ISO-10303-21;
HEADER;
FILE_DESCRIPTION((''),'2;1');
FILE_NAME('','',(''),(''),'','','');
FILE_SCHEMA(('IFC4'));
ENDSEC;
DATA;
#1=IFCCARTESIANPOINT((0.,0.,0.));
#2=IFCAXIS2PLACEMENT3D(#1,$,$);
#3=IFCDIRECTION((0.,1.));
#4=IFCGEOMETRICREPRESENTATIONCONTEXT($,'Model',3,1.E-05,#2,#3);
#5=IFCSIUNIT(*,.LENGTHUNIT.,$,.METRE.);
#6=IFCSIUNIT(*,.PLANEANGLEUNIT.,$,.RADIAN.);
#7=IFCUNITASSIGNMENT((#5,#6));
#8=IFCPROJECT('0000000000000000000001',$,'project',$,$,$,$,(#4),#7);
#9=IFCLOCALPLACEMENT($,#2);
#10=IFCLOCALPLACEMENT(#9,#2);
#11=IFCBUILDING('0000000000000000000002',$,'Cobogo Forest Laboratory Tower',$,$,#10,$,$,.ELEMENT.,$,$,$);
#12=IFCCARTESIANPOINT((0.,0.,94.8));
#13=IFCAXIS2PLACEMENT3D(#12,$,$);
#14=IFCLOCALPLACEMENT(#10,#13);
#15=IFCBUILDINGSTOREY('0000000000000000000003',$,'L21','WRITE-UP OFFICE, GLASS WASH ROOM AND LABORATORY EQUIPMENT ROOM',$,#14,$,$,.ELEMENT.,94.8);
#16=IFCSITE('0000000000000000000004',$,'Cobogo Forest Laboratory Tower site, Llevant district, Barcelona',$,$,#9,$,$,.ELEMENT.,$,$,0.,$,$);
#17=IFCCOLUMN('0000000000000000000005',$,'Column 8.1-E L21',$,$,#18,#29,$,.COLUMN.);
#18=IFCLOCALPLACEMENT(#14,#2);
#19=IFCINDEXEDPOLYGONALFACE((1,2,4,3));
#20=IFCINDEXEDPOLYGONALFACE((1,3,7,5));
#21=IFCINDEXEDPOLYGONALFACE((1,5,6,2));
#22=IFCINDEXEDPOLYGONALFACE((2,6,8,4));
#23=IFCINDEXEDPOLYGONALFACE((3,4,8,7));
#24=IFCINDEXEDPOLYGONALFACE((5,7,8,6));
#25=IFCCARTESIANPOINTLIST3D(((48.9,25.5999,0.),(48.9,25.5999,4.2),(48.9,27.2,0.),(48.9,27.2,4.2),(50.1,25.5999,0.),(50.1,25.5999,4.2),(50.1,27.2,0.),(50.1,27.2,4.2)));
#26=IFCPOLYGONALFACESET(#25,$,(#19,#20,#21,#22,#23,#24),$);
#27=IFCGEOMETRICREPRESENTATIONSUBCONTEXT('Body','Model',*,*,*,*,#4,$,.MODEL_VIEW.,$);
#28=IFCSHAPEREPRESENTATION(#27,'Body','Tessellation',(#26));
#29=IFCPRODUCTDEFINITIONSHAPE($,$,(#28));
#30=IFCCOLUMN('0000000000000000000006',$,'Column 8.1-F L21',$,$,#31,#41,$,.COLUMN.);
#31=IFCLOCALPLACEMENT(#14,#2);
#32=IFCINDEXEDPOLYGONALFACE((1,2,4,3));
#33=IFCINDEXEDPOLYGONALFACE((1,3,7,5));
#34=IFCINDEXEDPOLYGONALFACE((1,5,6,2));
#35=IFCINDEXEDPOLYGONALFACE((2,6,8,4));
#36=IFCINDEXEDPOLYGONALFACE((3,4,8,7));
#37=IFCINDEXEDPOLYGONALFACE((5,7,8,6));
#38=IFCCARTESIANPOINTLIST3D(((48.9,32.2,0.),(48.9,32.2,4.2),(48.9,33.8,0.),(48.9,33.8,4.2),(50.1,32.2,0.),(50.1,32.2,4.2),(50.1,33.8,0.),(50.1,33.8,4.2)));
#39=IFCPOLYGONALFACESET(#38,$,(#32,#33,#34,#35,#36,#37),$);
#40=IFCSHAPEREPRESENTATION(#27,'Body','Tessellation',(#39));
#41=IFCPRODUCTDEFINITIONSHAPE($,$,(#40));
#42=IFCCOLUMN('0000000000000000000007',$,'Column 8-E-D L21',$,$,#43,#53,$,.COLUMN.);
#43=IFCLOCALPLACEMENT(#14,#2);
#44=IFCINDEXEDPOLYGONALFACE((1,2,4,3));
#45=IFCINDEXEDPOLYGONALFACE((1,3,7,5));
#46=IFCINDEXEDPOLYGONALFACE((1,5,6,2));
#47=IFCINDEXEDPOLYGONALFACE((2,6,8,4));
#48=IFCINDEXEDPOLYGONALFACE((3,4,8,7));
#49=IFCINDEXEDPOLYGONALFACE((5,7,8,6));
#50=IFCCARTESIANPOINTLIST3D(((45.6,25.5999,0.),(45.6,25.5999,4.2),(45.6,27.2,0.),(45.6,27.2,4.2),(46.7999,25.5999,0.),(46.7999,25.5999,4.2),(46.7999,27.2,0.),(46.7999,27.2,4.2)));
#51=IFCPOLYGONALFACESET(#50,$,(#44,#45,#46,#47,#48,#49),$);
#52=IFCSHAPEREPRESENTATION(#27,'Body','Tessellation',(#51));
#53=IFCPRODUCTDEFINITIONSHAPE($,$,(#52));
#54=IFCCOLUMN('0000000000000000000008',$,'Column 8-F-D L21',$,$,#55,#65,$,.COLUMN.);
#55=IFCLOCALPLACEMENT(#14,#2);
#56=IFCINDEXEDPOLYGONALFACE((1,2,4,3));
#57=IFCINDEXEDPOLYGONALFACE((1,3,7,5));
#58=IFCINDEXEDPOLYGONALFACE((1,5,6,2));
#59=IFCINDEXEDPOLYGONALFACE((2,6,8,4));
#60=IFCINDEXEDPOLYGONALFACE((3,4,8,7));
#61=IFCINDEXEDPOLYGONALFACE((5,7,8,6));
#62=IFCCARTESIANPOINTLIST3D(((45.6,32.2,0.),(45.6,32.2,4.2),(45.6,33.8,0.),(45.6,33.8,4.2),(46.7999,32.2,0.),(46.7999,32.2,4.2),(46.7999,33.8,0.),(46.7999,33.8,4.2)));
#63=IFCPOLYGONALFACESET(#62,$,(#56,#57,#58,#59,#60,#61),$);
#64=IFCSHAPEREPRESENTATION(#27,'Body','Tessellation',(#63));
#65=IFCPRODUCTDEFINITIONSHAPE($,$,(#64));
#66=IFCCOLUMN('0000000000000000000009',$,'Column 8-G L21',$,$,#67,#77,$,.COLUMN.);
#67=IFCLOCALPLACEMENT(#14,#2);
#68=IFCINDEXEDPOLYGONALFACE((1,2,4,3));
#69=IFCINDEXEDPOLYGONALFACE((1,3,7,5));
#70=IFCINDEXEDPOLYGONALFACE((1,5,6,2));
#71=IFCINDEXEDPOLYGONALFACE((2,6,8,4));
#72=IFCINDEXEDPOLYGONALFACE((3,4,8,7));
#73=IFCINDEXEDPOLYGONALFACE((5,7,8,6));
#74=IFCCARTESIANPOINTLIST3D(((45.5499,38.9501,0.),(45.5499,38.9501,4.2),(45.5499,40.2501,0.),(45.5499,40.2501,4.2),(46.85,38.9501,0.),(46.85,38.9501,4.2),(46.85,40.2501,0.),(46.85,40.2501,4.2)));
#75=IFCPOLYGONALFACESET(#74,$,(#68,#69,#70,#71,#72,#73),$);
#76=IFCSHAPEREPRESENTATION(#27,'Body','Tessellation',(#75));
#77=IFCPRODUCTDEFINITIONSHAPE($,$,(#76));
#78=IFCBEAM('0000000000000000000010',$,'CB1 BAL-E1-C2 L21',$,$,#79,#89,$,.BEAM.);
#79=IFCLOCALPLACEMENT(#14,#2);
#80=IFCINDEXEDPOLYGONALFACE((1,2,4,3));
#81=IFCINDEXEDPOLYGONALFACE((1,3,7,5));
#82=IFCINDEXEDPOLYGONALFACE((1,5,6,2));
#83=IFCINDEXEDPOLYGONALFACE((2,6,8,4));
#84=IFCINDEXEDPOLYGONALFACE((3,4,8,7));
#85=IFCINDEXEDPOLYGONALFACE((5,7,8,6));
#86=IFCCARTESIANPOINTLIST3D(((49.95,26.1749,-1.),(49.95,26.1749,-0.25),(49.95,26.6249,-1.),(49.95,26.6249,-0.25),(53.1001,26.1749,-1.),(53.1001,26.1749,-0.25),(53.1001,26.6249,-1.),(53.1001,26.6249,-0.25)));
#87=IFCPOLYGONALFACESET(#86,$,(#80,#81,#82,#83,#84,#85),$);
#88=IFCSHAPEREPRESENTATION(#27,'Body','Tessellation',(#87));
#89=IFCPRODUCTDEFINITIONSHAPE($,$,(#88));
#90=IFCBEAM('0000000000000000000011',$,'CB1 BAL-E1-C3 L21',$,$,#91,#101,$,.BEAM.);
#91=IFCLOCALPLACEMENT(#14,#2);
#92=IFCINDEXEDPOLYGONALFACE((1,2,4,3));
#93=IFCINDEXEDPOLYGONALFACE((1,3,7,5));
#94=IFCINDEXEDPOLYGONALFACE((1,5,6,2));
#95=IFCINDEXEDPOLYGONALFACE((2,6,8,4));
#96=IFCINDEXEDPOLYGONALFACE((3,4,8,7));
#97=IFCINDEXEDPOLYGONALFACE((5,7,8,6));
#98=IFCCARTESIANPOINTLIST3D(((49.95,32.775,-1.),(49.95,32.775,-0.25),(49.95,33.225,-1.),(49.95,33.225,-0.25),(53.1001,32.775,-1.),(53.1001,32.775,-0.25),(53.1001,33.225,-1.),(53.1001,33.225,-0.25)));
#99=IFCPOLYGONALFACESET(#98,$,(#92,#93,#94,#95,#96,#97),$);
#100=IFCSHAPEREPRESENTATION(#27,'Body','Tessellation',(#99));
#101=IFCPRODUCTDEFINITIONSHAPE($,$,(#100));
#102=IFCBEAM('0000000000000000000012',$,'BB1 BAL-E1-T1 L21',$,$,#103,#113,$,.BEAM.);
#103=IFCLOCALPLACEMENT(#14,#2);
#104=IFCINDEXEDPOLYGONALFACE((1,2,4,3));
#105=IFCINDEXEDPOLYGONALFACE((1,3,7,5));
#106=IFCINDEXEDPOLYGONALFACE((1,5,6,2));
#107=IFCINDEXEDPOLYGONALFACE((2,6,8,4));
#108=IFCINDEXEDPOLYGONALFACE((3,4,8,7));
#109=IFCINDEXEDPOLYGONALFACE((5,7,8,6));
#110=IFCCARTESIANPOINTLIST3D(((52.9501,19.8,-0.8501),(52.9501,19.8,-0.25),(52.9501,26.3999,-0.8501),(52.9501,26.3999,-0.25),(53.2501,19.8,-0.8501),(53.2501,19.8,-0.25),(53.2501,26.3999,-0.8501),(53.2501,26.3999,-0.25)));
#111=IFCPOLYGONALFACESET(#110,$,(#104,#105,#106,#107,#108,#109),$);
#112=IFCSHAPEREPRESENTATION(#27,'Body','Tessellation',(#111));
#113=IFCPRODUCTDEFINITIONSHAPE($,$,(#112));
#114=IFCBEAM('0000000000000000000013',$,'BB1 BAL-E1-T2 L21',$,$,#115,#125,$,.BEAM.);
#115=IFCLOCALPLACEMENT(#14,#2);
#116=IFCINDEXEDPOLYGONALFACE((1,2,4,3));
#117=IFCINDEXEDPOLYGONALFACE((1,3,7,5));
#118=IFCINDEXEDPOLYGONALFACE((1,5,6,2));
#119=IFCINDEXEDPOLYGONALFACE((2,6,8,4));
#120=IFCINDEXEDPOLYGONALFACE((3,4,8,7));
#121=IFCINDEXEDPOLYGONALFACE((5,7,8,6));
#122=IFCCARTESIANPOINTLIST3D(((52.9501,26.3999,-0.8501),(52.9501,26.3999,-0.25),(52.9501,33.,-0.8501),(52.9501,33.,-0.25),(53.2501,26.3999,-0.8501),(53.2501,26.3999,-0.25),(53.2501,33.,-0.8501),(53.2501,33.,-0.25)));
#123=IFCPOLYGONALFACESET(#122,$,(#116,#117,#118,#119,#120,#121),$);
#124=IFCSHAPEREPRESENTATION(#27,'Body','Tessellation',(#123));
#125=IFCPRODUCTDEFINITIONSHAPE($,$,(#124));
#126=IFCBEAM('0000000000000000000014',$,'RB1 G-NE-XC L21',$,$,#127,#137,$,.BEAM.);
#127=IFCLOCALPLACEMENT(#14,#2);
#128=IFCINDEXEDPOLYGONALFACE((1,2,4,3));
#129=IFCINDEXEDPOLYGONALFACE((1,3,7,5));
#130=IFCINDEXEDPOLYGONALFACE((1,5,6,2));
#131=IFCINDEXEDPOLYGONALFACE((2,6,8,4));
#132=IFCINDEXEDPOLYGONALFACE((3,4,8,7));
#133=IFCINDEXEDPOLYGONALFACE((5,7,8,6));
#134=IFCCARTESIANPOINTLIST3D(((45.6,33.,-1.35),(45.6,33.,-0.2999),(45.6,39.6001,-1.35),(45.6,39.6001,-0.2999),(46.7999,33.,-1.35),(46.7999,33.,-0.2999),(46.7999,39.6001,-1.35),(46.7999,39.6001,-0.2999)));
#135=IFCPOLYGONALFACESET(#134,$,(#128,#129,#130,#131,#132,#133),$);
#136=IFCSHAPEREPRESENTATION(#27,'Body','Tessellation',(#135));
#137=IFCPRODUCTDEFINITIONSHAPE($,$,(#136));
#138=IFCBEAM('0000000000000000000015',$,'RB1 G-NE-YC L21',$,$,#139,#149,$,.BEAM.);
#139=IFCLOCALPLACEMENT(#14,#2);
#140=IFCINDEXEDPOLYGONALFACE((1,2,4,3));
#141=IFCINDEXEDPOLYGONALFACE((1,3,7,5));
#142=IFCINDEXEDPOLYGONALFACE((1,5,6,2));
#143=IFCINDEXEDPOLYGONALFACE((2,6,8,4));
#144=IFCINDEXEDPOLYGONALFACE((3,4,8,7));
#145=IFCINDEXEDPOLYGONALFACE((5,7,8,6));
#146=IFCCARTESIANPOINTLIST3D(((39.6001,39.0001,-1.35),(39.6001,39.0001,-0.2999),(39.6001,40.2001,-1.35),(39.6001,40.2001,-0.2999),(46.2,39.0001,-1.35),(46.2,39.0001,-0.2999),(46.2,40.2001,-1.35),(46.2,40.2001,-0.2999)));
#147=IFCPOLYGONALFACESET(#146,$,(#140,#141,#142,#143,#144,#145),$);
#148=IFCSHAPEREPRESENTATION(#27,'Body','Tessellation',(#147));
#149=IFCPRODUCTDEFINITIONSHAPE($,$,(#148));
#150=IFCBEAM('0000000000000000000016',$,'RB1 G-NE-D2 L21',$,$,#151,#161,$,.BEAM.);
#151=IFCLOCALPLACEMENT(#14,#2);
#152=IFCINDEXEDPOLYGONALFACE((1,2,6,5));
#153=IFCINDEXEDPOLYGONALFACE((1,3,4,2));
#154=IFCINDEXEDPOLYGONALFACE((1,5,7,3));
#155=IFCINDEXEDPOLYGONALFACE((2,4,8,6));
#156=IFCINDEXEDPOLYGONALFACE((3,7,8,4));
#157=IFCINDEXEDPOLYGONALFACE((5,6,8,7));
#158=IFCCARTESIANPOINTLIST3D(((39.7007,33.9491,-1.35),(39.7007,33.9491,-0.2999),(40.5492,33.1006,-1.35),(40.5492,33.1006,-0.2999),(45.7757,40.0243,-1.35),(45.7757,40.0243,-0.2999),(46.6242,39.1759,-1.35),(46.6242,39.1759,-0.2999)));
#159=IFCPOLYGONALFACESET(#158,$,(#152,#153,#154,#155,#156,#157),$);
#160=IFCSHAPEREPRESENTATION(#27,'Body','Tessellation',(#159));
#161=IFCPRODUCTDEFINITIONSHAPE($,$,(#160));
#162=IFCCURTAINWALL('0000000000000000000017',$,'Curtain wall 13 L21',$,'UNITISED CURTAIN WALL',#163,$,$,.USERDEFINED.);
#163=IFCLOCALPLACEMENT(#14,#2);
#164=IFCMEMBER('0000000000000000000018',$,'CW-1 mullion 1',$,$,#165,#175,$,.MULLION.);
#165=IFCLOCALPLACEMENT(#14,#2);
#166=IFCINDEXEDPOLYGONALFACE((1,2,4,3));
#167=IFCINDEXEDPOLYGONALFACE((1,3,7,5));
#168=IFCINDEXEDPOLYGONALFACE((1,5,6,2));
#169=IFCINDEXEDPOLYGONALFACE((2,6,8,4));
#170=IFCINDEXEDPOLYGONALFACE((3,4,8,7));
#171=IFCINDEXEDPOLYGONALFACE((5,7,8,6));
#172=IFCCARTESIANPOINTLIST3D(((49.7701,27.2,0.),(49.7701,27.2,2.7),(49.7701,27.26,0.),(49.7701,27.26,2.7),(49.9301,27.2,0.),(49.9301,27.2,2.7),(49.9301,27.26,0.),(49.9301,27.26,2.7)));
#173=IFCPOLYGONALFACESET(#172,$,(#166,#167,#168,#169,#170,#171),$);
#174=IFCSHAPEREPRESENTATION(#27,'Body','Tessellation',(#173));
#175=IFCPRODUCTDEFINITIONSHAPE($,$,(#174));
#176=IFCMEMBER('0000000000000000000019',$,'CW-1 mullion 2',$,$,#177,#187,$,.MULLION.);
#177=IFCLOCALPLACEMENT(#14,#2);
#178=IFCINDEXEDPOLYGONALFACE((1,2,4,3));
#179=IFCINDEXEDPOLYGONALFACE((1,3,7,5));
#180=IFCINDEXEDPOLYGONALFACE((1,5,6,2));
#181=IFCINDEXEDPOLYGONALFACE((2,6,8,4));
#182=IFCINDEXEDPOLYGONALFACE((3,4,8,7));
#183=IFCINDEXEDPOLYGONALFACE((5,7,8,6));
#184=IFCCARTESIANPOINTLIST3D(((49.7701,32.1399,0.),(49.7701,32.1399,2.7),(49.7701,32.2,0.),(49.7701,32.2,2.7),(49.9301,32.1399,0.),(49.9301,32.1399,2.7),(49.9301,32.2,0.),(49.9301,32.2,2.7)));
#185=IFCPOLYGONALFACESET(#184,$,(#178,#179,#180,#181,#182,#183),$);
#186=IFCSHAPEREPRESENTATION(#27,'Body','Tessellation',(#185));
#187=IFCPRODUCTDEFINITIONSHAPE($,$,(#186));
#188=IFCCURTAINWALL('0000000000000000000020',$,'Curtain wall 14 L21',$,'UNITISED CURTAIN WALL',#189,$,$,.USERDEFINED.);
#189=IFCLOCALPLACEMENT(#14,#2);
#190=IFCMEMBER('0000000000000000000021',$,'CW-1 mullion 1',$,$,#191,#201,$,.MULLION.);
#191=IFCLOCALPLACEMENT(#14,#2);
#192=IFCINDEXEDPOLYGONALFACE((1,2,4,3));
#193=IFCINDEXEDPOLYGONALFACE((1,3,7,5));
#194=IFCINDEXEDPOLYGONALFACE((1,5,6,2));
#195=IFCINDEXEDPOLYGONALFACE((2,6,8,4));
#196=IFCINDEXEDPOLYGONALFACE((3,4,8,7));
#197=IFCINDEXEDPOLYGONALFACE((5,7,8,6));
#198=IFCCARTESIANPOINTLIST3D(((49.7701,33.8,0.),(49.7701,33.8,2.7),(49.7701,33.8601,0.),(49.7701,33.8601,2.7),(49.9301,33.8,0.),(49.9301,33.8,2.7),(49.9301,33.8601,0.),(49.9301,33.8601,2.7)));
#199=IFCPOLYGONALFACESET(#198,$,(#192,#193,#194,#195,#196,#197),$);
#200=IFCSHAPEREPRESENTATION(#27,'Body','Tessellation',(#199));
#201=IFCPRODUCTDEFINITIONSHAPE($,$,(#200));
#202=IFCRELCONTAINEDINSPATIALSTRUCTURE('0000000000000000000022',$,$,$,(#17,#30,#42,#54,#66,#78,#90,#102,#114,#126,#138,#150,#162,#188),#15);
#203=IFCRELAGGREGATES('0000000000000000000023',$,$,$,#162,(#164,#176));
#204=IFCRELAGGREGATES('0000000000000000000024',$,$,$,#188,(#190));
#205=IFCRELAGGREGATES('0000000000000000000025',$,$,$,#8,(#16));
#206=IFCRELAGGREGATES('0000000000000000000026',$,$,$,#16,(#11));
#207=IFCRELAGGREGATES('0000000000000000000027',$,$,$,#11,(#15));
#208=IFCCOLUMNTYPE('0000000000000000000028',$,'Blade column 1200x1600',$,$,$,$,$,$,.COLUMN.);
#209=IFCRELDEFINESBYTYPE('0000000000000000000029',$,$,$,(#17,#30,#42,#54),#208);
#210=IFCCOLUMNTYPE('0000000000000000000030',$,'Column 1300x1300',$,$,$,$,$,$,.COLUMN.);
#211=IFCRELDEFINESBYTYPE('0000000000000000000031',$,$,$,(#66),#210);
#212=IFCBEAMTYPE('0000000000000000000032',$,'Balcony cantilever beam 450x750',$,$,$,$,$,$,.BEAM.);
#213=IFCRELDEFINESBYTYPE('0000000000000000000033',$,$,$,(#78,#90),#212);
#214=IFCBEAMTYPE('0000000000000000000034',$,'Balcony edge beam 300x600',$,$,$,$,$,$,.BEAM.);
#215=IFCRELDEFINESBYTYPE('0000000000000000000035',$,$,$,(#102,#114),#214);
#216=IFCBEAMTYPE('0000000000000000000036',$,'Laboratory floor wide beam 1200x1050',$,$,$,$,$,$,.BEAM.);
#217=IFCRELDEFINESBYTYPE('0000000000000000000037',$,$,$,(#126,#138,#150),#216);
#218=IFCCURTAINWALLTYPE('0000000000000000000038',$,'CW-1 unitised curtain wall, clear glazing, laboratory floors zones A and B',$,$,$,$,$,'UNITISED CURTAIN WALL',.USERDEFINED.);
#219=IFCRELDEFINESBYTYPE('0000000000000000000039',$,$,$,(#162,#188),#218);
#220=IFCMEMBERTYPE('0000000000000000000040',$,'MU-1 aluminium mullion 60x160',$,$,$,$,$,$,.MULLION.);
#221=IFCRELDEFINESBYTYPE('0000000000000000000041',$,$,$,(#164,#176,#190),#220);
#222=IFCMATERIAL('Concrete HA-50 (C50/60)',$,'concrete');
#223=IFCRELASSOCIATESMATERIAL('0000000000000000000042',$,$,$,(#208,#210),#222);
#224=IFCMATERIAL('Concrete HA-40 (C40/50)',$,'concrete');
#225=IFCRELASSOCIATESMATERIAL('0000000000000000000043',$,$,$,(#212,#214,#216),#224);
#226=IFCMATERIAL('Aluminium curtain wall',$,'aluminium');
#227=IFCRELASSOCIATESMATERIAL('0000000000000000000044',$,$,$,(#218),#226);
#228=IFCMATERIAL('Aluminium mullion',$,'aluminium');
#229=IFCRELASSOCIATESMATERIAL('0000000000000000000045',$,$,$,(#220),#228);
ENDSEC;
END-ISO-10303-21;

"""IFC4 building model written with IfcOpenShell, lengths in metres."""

from ifc_helpers import new_model, si_unit, direction, frame, origin, origin_2d, place, context, subcontext, project, spatial, rectangle, extrude, material, material_profile, profile_set, type_object, element, aggregate, save


model = new_model("IFC4")

# Units and contexts
model_context = context("Model", 3, precision=1e-05, world=origin(), true_north=direction((0.0, 1.0)))
body_context = subcontext(model_context, "Body", "Model", "MODEL_VIEW")
ifc_project = project(units=[si_unit("LENGTHUNIT", "METRE"), si_unit("PLANEANGLEUNIT", "RADIAN")], contexts=[model_context])

# Site, building, storey
site_placement = place(None, origin())
site = spatial("IfcSite", under=ifc_project, at=site_placement, Name="Cobogo Forest Laboratory Tower site, Llevant district, Barcelona", CompositionType="ELEMENT", RefElevation=0.0)
building_placement = place(site_placement, origin())
building = spatial("IfcBuilding", under=site, at=building_placement, Name="Cobogo Forest Laboratory Tower", CompositionType="ELEMENT")
storey_placement = place(building_placement, frame((0.0, 0.0, 94.8)))
storey = spatial("IfcBuildingStorey", under=building, at=storey_placement, Name="L21", Description="WRITE-UP OFFICE, GLASS WASH ROOM AND LABORATORY EQUIPMENT ROOM", CompositionType="ELEMENT", Elevation=94.8)

# Columns
ifc_material_1 = material(Name="Concrete HA-50 (C50/60)", Category="concrete")
ifc_material_profile_1 = material_profile(ifc_material_1, rectangle(XDim=1.6001, YDim=1.2, at=origin_2d()), Name="RC 1200x1600")
ifc_profile_set_1 = profile_set([ifc_material_profile_1], Name="Concrete HA-50 (C50/60)")
column_type_1 = type_object("IfcColumnType", Name="Blade column 1200x1600", PredefinedType="COLUMN", material=ifc_profile_set_1)
for number, where, z_axis, x_axis, name in (
    (1, (49.5, 26.3999, 0.0), (0.0, 0.0, 1.0), (0.0, 1.0, 0.0), "Column 8.1-E L21"),
    (2, (49.5, 33.0, 0.0), (0.0, 0.0, 1.0), (0.0, 1.0, 0.0), "Column 8.1-F L21"),
    (3, (46.2, 26.3999, 0.0), (0.0, 0.0, 1.0), (0.0, 1.0, 0.0), "Column 8-E-D L21"),
    (4, (46.2, 33.0, 0.0), (0.0, 0.0, 1.0), (0.0, 1.0, 0.0), "Column 8-F-D L21"),
):
    element("IfcColumn", number, at=place(storey_placement, frame(where, z_axis=z_axis, x_axis=x_axis)), inside=storey, type_object=column_type_1, Name=name, PredefinedType="COLUMN", context=body_context, shape_type="SweptSolid", body=[
        extrude(rectangle(XDim=1.6001, YDim=1.2, at=origin_2d()), origin(), (0.0, 0.0, 1.0), 4.2),
    ])
ifc_material_profile_2 = material_profile(ifc_material_1, rectangle(XDim=1.3, YDim=1.3, at=origin_2d()), Name="RC 1300x1300")
ifc_profile_set_2 = profile_set([ifc_material_profile_2], Name="Concrete HA-50 (C50/60)")
column_type_2 = type_object("IfcColumnType", Name="Column 1300x1300", PredefinedType="COLUMN", material=ifc_profile_set_2)
column_placement = place(storey_placement, frame((46.2, 39.6001, 0.0), z_axis=(0.0, 0.0, 1.0), x_axis=(1.0, 0.0, 0.0)))
element("IfcColumn", 5, at=column_placement, inside=storey, type_object=column_type_2, Name="Column 8-G L21", PredefinedType="COLUMN", context=body_context, shape_type="SweptSolid", body=[
    extrude(rectangle(XDim=1.3, YDim=1.3, at=origin_2d()), origin(), (0.0, 0.0, 1.0), 4.2),
])

# Beams
ifc_material_2 = material(Name="Concrete HA-40 (C40/50)", Category="concrete")
ifc_material_profile_3 = material_profile(ifc_material_2, rectangle(XDim=0.45, YDim=0.75, at=origin_2d()), Name="RC 450x750")
ifc_profile_set_3 = profile_set([ifc_material_profile_3], Name="Concrete HA-40 (C40/50)")
beam_type_1 = type_object("IfcBeamType", Name="Balcony cantilever beam 450x750", PredefinedType="BEAM", material=ifc_profile_set_3)
for number, where, z_axis, x_axis, name in (
    (6, (49.95, 26.3999, -0.625), (1.0, 0.0, 0.0), (0.0, 1.0, 0.0), "CB1 BAL-E1-C2 L21"),
    (7, (49.95, 33.0, -0.625), (1.0, 0.0, 0.0), (0.0, 1.0, 0.0), "CB1 BAL-E1-C3 L21"),
):
    element("IfcBeam", number, at=place(storey_placement, frame(where, z_axis=z_axis, x_axis=x_axis)), inside=storey, type_object=beam_type_1, Name=name, PredefinedType="BEAM", context=body_context, shape_type="SweptSolid", body=[
        extrude(rectangle(XDim=0.45, YDim=0.75, at=origin_2d()), origin(), (0.0, 0.0, 1.0), 3.1501),
    ])
ifc_material_profile_4 = material_profile(ifc_material_2, rectangle(XDim=0.3, YDim=0.6001, at=origin_2d()), Name="RC 300x600")
ifc_profile_set_4 = profile_set([ifc_material_profile_4], Name="Concrete HA-40 (C40/50)")
beam_type_2 = type_object("IfcBeamType", Name="Balcony edge beam 300x600", PredefinedType="BEAM", material=ifc_profile_set_4)
beam_1_placement = place(storey_placement, frame((53.1001, 19.8, -0.55), z_axis=(0.0, 1.0, 0.0), x_axis=(-1.0, 0.0, 0.0)))
element("IfcBeam", 8, at=beam_1_placement, inside=storey, type_object=beam_type_2, Name="BB1 BAL-E1-T1 L21", PredefinedType="BEAM", context=body_context, shape_type="SweptSolid", body=[
    extrude(rectangle(XDim=0.3, YDim=0.6001, at=origin_2d()), origin(), (0.0, 0.0, 1.0), 6.5999),
])
beam_2_placement = place(storey_placement, frame((53.1001, 26.3999, -0.55), z_axis=(0.0, 1.0, 0.0), x_axis=(-1.0, 0.0, 0.0)))
element("IfcBeam", 9, at=beam_2_placement, inside=storey, type_object=beam_type_2, Name="BB1 BAL-E1-T2 L21", PredefinedType="BEAM", context=body_context, shape_type="SweptSolid", body=[
    extrude(rectangle(XDim=0.3, YDim=0.6001, at=origin_2d()), origin(), (0.0, 0.0, 1.0), 6.6001),
])
ifc_material_profile_5 = material_profile(ifc_material_2, rectangle(XDim=1.2, YDim=1.05, at=origin_2d()), Name="RC 1200x1050")
ifc_profile_set_5 = profile_set([ifc_material_profile_5], Name="Concrete HA-40 (C40/50)")
beam_type_3 = type_object("IfcBeamType", Name="Laboratory floor wide beam 1200x1050", PredefinedType="BEAM", material=ifc_profile_set_5)
beam_3_placement = place(storey_placement, frame((46.2, 39.6001, -0.825), z_axis=(0.0, -1.0, 0.0), x_axis=(1.0, 0.0, 0.0)))
element("IfcBeam", 10, at=beam_3_placement, inside=storey, type_object=beam_type_3, Name="RB1 G-NE-XC L21", PredefinedType="BEAM", context=body_context, shape_type="SweptSolid", body=[
    extrude(rectangle(XDim=1.2, YDim=1.05, at=origin_2d()), origin(), (0.0, 0.0, 1.0), 6.6001),
])
beam_4_placement = place(storey_placement, frame((46.2, 39.6001, -0.825), z_axis=(-1.0, 0.0, 0.0), x_axis=(0.0, -1.0, 0.0)))
element("IfcBeam", 11, at=beam_4_placement, inside=storey, type_object=beam_type_3, Name="RB1 G-NE-YC L21", PredefinedType="BEAM", context=body_context, shape_type="SweptSolid", body=[
    extrude(rectangle(XDim=1.2, YDim=1.05, at=origin_2d()), origin(), (0.0, 0.0, 1.0), 6.5999),
])
beam_5_placement = place(storey_placement, frame((46.2, 39.6001, -0.825), z_axis=(-0.707093, -0.707121, 0.0), x_axis=(0.707121, -0.707093, 0.0)))
element("IfcBeam", 12, at=beam_5_placement, inside=storey, type_object=beam_type_3, Name="RB1 G-NE-D2 L21", PredefinedType="BEAM", context=body_context, shape_type="SweptSolid", body=[
    extrude(rectangle(XDim=1.2, YDim=1.05, at=origin_2d()), origin(), (0.0, 0.0, 1.0), 8.5916),
])

# Curtain walls, members
ifc_material_3 = material(Name="Aluminium curtain wall", Category="aluminium")
curtain_wall_type = type_object("IfcCurtainWallType", Name="CW-1 unitised curtain wall, clear glazing, laboratory floors zones A and B", ElementType="UNITISED CURTAIN WALL", PredefinedType="USERDEFINED", material=ifc_material_3)
curtain_wall_1_placement = place(storey_placement, origin())
curtain_wall_1 = element("IfcCurtainWall", 13, at=curtain_wall_1_placement, inside=storey, type_object=curtain_wall_type, Name="Curtain wall 13 L21", ObjectType="UNITISED CURTAIN WALL", PredefinedType="USERDEFINED")
ifc_material_4 = material(Name="Aluminium mullion", Category="aluminium")
ifc_material_profile_6 = material_profile(ifc_material_4, rectangle(XDim=0.0601, YDim=0.1599, at=origin_2d()), Name="AL 60x160")
ifc_profile_set_6 = profile_set([ifc_material_profile_6], Name="Aluminium mullion")
member_type_1 = type_object("IfcMemberType", Name="MU-1 aluminium mullion 60x160", PredefinedType="MULLION", material=ifc_profile_set_6)
member_1_placement = place(storey_placement, frame((49.8501, 27.23, 0.0), z_axis=(0.0, 0.0, 1.0), x_axis=(0.0, 1.0, 0.0)))
member_1 = element("IfcMember", 14, at=member_1_placement, type_object=member_type_1, Name="CW-1 mullion 1", PredefinedType="MULLION", context=body_context, shape_type="SweptSolid", body=[
    extrude(rectangle(XDim=0.0601, YDim=0.1599, at=origin_2d()), origin(), (0.0, 0.0, 1.0), 2.7),
])
member_2_placement = place(storey_placement, frame((49.8501, 32.1699, 0.0), z_axis=(0.0, 0.0, 1.0), x_axis=(0.0, 1.0, 0.0)))
member_2 = element("IfcMember", 15, at=member_2_placement, type_object=member_type_1, Name="CW-1 mullion 2", PredefinedType="MULLION", context=body_context, shape_type="SweptSolid", body=[
    extrude(rectangle(XDim=0.0601, YDim=0.1599, at=origin_2d()), origin(), (0.0, 0.0, 1.0), 2.7),
])
curtain_wall_2_placement = place(storey_placement, origin())
curtain_wall_2 = element("IfcCurtainWall", 16, at=curtain_wall_2_placement, inside=storey, type_object=curtain_wall_type, Name="Curtain wall 14 L21", ObjectType="UNITISED CURTAIN WALL", PredefinedType="USERDEFINED")
member_3_placement = place(storey_placement, frame((49.8501, 33.8301, 0.0), z_axis=(0.0, 0.0, 1.0), x_axis=(0.0, 1.0, 0.0)))
member_3 = element("IfcMember", 17, at=member_3_placement, type_object=member_type_1, Name="CW-1 mullion 1", PredefinedType="MULLION", context=body_context, shape_type="SweptSolid", body=[
    extrude(rectangle(XDim=0.0601, YDim=0.1599, at=origin_2d()), origin(), (0.0, 0.0, 1.0), 2.7),
])

aggregate(curtain_wall_1, [member_1, member_2])
aggregate(curtain_wall_2, [member_3])

save(model, "model.ifc")
